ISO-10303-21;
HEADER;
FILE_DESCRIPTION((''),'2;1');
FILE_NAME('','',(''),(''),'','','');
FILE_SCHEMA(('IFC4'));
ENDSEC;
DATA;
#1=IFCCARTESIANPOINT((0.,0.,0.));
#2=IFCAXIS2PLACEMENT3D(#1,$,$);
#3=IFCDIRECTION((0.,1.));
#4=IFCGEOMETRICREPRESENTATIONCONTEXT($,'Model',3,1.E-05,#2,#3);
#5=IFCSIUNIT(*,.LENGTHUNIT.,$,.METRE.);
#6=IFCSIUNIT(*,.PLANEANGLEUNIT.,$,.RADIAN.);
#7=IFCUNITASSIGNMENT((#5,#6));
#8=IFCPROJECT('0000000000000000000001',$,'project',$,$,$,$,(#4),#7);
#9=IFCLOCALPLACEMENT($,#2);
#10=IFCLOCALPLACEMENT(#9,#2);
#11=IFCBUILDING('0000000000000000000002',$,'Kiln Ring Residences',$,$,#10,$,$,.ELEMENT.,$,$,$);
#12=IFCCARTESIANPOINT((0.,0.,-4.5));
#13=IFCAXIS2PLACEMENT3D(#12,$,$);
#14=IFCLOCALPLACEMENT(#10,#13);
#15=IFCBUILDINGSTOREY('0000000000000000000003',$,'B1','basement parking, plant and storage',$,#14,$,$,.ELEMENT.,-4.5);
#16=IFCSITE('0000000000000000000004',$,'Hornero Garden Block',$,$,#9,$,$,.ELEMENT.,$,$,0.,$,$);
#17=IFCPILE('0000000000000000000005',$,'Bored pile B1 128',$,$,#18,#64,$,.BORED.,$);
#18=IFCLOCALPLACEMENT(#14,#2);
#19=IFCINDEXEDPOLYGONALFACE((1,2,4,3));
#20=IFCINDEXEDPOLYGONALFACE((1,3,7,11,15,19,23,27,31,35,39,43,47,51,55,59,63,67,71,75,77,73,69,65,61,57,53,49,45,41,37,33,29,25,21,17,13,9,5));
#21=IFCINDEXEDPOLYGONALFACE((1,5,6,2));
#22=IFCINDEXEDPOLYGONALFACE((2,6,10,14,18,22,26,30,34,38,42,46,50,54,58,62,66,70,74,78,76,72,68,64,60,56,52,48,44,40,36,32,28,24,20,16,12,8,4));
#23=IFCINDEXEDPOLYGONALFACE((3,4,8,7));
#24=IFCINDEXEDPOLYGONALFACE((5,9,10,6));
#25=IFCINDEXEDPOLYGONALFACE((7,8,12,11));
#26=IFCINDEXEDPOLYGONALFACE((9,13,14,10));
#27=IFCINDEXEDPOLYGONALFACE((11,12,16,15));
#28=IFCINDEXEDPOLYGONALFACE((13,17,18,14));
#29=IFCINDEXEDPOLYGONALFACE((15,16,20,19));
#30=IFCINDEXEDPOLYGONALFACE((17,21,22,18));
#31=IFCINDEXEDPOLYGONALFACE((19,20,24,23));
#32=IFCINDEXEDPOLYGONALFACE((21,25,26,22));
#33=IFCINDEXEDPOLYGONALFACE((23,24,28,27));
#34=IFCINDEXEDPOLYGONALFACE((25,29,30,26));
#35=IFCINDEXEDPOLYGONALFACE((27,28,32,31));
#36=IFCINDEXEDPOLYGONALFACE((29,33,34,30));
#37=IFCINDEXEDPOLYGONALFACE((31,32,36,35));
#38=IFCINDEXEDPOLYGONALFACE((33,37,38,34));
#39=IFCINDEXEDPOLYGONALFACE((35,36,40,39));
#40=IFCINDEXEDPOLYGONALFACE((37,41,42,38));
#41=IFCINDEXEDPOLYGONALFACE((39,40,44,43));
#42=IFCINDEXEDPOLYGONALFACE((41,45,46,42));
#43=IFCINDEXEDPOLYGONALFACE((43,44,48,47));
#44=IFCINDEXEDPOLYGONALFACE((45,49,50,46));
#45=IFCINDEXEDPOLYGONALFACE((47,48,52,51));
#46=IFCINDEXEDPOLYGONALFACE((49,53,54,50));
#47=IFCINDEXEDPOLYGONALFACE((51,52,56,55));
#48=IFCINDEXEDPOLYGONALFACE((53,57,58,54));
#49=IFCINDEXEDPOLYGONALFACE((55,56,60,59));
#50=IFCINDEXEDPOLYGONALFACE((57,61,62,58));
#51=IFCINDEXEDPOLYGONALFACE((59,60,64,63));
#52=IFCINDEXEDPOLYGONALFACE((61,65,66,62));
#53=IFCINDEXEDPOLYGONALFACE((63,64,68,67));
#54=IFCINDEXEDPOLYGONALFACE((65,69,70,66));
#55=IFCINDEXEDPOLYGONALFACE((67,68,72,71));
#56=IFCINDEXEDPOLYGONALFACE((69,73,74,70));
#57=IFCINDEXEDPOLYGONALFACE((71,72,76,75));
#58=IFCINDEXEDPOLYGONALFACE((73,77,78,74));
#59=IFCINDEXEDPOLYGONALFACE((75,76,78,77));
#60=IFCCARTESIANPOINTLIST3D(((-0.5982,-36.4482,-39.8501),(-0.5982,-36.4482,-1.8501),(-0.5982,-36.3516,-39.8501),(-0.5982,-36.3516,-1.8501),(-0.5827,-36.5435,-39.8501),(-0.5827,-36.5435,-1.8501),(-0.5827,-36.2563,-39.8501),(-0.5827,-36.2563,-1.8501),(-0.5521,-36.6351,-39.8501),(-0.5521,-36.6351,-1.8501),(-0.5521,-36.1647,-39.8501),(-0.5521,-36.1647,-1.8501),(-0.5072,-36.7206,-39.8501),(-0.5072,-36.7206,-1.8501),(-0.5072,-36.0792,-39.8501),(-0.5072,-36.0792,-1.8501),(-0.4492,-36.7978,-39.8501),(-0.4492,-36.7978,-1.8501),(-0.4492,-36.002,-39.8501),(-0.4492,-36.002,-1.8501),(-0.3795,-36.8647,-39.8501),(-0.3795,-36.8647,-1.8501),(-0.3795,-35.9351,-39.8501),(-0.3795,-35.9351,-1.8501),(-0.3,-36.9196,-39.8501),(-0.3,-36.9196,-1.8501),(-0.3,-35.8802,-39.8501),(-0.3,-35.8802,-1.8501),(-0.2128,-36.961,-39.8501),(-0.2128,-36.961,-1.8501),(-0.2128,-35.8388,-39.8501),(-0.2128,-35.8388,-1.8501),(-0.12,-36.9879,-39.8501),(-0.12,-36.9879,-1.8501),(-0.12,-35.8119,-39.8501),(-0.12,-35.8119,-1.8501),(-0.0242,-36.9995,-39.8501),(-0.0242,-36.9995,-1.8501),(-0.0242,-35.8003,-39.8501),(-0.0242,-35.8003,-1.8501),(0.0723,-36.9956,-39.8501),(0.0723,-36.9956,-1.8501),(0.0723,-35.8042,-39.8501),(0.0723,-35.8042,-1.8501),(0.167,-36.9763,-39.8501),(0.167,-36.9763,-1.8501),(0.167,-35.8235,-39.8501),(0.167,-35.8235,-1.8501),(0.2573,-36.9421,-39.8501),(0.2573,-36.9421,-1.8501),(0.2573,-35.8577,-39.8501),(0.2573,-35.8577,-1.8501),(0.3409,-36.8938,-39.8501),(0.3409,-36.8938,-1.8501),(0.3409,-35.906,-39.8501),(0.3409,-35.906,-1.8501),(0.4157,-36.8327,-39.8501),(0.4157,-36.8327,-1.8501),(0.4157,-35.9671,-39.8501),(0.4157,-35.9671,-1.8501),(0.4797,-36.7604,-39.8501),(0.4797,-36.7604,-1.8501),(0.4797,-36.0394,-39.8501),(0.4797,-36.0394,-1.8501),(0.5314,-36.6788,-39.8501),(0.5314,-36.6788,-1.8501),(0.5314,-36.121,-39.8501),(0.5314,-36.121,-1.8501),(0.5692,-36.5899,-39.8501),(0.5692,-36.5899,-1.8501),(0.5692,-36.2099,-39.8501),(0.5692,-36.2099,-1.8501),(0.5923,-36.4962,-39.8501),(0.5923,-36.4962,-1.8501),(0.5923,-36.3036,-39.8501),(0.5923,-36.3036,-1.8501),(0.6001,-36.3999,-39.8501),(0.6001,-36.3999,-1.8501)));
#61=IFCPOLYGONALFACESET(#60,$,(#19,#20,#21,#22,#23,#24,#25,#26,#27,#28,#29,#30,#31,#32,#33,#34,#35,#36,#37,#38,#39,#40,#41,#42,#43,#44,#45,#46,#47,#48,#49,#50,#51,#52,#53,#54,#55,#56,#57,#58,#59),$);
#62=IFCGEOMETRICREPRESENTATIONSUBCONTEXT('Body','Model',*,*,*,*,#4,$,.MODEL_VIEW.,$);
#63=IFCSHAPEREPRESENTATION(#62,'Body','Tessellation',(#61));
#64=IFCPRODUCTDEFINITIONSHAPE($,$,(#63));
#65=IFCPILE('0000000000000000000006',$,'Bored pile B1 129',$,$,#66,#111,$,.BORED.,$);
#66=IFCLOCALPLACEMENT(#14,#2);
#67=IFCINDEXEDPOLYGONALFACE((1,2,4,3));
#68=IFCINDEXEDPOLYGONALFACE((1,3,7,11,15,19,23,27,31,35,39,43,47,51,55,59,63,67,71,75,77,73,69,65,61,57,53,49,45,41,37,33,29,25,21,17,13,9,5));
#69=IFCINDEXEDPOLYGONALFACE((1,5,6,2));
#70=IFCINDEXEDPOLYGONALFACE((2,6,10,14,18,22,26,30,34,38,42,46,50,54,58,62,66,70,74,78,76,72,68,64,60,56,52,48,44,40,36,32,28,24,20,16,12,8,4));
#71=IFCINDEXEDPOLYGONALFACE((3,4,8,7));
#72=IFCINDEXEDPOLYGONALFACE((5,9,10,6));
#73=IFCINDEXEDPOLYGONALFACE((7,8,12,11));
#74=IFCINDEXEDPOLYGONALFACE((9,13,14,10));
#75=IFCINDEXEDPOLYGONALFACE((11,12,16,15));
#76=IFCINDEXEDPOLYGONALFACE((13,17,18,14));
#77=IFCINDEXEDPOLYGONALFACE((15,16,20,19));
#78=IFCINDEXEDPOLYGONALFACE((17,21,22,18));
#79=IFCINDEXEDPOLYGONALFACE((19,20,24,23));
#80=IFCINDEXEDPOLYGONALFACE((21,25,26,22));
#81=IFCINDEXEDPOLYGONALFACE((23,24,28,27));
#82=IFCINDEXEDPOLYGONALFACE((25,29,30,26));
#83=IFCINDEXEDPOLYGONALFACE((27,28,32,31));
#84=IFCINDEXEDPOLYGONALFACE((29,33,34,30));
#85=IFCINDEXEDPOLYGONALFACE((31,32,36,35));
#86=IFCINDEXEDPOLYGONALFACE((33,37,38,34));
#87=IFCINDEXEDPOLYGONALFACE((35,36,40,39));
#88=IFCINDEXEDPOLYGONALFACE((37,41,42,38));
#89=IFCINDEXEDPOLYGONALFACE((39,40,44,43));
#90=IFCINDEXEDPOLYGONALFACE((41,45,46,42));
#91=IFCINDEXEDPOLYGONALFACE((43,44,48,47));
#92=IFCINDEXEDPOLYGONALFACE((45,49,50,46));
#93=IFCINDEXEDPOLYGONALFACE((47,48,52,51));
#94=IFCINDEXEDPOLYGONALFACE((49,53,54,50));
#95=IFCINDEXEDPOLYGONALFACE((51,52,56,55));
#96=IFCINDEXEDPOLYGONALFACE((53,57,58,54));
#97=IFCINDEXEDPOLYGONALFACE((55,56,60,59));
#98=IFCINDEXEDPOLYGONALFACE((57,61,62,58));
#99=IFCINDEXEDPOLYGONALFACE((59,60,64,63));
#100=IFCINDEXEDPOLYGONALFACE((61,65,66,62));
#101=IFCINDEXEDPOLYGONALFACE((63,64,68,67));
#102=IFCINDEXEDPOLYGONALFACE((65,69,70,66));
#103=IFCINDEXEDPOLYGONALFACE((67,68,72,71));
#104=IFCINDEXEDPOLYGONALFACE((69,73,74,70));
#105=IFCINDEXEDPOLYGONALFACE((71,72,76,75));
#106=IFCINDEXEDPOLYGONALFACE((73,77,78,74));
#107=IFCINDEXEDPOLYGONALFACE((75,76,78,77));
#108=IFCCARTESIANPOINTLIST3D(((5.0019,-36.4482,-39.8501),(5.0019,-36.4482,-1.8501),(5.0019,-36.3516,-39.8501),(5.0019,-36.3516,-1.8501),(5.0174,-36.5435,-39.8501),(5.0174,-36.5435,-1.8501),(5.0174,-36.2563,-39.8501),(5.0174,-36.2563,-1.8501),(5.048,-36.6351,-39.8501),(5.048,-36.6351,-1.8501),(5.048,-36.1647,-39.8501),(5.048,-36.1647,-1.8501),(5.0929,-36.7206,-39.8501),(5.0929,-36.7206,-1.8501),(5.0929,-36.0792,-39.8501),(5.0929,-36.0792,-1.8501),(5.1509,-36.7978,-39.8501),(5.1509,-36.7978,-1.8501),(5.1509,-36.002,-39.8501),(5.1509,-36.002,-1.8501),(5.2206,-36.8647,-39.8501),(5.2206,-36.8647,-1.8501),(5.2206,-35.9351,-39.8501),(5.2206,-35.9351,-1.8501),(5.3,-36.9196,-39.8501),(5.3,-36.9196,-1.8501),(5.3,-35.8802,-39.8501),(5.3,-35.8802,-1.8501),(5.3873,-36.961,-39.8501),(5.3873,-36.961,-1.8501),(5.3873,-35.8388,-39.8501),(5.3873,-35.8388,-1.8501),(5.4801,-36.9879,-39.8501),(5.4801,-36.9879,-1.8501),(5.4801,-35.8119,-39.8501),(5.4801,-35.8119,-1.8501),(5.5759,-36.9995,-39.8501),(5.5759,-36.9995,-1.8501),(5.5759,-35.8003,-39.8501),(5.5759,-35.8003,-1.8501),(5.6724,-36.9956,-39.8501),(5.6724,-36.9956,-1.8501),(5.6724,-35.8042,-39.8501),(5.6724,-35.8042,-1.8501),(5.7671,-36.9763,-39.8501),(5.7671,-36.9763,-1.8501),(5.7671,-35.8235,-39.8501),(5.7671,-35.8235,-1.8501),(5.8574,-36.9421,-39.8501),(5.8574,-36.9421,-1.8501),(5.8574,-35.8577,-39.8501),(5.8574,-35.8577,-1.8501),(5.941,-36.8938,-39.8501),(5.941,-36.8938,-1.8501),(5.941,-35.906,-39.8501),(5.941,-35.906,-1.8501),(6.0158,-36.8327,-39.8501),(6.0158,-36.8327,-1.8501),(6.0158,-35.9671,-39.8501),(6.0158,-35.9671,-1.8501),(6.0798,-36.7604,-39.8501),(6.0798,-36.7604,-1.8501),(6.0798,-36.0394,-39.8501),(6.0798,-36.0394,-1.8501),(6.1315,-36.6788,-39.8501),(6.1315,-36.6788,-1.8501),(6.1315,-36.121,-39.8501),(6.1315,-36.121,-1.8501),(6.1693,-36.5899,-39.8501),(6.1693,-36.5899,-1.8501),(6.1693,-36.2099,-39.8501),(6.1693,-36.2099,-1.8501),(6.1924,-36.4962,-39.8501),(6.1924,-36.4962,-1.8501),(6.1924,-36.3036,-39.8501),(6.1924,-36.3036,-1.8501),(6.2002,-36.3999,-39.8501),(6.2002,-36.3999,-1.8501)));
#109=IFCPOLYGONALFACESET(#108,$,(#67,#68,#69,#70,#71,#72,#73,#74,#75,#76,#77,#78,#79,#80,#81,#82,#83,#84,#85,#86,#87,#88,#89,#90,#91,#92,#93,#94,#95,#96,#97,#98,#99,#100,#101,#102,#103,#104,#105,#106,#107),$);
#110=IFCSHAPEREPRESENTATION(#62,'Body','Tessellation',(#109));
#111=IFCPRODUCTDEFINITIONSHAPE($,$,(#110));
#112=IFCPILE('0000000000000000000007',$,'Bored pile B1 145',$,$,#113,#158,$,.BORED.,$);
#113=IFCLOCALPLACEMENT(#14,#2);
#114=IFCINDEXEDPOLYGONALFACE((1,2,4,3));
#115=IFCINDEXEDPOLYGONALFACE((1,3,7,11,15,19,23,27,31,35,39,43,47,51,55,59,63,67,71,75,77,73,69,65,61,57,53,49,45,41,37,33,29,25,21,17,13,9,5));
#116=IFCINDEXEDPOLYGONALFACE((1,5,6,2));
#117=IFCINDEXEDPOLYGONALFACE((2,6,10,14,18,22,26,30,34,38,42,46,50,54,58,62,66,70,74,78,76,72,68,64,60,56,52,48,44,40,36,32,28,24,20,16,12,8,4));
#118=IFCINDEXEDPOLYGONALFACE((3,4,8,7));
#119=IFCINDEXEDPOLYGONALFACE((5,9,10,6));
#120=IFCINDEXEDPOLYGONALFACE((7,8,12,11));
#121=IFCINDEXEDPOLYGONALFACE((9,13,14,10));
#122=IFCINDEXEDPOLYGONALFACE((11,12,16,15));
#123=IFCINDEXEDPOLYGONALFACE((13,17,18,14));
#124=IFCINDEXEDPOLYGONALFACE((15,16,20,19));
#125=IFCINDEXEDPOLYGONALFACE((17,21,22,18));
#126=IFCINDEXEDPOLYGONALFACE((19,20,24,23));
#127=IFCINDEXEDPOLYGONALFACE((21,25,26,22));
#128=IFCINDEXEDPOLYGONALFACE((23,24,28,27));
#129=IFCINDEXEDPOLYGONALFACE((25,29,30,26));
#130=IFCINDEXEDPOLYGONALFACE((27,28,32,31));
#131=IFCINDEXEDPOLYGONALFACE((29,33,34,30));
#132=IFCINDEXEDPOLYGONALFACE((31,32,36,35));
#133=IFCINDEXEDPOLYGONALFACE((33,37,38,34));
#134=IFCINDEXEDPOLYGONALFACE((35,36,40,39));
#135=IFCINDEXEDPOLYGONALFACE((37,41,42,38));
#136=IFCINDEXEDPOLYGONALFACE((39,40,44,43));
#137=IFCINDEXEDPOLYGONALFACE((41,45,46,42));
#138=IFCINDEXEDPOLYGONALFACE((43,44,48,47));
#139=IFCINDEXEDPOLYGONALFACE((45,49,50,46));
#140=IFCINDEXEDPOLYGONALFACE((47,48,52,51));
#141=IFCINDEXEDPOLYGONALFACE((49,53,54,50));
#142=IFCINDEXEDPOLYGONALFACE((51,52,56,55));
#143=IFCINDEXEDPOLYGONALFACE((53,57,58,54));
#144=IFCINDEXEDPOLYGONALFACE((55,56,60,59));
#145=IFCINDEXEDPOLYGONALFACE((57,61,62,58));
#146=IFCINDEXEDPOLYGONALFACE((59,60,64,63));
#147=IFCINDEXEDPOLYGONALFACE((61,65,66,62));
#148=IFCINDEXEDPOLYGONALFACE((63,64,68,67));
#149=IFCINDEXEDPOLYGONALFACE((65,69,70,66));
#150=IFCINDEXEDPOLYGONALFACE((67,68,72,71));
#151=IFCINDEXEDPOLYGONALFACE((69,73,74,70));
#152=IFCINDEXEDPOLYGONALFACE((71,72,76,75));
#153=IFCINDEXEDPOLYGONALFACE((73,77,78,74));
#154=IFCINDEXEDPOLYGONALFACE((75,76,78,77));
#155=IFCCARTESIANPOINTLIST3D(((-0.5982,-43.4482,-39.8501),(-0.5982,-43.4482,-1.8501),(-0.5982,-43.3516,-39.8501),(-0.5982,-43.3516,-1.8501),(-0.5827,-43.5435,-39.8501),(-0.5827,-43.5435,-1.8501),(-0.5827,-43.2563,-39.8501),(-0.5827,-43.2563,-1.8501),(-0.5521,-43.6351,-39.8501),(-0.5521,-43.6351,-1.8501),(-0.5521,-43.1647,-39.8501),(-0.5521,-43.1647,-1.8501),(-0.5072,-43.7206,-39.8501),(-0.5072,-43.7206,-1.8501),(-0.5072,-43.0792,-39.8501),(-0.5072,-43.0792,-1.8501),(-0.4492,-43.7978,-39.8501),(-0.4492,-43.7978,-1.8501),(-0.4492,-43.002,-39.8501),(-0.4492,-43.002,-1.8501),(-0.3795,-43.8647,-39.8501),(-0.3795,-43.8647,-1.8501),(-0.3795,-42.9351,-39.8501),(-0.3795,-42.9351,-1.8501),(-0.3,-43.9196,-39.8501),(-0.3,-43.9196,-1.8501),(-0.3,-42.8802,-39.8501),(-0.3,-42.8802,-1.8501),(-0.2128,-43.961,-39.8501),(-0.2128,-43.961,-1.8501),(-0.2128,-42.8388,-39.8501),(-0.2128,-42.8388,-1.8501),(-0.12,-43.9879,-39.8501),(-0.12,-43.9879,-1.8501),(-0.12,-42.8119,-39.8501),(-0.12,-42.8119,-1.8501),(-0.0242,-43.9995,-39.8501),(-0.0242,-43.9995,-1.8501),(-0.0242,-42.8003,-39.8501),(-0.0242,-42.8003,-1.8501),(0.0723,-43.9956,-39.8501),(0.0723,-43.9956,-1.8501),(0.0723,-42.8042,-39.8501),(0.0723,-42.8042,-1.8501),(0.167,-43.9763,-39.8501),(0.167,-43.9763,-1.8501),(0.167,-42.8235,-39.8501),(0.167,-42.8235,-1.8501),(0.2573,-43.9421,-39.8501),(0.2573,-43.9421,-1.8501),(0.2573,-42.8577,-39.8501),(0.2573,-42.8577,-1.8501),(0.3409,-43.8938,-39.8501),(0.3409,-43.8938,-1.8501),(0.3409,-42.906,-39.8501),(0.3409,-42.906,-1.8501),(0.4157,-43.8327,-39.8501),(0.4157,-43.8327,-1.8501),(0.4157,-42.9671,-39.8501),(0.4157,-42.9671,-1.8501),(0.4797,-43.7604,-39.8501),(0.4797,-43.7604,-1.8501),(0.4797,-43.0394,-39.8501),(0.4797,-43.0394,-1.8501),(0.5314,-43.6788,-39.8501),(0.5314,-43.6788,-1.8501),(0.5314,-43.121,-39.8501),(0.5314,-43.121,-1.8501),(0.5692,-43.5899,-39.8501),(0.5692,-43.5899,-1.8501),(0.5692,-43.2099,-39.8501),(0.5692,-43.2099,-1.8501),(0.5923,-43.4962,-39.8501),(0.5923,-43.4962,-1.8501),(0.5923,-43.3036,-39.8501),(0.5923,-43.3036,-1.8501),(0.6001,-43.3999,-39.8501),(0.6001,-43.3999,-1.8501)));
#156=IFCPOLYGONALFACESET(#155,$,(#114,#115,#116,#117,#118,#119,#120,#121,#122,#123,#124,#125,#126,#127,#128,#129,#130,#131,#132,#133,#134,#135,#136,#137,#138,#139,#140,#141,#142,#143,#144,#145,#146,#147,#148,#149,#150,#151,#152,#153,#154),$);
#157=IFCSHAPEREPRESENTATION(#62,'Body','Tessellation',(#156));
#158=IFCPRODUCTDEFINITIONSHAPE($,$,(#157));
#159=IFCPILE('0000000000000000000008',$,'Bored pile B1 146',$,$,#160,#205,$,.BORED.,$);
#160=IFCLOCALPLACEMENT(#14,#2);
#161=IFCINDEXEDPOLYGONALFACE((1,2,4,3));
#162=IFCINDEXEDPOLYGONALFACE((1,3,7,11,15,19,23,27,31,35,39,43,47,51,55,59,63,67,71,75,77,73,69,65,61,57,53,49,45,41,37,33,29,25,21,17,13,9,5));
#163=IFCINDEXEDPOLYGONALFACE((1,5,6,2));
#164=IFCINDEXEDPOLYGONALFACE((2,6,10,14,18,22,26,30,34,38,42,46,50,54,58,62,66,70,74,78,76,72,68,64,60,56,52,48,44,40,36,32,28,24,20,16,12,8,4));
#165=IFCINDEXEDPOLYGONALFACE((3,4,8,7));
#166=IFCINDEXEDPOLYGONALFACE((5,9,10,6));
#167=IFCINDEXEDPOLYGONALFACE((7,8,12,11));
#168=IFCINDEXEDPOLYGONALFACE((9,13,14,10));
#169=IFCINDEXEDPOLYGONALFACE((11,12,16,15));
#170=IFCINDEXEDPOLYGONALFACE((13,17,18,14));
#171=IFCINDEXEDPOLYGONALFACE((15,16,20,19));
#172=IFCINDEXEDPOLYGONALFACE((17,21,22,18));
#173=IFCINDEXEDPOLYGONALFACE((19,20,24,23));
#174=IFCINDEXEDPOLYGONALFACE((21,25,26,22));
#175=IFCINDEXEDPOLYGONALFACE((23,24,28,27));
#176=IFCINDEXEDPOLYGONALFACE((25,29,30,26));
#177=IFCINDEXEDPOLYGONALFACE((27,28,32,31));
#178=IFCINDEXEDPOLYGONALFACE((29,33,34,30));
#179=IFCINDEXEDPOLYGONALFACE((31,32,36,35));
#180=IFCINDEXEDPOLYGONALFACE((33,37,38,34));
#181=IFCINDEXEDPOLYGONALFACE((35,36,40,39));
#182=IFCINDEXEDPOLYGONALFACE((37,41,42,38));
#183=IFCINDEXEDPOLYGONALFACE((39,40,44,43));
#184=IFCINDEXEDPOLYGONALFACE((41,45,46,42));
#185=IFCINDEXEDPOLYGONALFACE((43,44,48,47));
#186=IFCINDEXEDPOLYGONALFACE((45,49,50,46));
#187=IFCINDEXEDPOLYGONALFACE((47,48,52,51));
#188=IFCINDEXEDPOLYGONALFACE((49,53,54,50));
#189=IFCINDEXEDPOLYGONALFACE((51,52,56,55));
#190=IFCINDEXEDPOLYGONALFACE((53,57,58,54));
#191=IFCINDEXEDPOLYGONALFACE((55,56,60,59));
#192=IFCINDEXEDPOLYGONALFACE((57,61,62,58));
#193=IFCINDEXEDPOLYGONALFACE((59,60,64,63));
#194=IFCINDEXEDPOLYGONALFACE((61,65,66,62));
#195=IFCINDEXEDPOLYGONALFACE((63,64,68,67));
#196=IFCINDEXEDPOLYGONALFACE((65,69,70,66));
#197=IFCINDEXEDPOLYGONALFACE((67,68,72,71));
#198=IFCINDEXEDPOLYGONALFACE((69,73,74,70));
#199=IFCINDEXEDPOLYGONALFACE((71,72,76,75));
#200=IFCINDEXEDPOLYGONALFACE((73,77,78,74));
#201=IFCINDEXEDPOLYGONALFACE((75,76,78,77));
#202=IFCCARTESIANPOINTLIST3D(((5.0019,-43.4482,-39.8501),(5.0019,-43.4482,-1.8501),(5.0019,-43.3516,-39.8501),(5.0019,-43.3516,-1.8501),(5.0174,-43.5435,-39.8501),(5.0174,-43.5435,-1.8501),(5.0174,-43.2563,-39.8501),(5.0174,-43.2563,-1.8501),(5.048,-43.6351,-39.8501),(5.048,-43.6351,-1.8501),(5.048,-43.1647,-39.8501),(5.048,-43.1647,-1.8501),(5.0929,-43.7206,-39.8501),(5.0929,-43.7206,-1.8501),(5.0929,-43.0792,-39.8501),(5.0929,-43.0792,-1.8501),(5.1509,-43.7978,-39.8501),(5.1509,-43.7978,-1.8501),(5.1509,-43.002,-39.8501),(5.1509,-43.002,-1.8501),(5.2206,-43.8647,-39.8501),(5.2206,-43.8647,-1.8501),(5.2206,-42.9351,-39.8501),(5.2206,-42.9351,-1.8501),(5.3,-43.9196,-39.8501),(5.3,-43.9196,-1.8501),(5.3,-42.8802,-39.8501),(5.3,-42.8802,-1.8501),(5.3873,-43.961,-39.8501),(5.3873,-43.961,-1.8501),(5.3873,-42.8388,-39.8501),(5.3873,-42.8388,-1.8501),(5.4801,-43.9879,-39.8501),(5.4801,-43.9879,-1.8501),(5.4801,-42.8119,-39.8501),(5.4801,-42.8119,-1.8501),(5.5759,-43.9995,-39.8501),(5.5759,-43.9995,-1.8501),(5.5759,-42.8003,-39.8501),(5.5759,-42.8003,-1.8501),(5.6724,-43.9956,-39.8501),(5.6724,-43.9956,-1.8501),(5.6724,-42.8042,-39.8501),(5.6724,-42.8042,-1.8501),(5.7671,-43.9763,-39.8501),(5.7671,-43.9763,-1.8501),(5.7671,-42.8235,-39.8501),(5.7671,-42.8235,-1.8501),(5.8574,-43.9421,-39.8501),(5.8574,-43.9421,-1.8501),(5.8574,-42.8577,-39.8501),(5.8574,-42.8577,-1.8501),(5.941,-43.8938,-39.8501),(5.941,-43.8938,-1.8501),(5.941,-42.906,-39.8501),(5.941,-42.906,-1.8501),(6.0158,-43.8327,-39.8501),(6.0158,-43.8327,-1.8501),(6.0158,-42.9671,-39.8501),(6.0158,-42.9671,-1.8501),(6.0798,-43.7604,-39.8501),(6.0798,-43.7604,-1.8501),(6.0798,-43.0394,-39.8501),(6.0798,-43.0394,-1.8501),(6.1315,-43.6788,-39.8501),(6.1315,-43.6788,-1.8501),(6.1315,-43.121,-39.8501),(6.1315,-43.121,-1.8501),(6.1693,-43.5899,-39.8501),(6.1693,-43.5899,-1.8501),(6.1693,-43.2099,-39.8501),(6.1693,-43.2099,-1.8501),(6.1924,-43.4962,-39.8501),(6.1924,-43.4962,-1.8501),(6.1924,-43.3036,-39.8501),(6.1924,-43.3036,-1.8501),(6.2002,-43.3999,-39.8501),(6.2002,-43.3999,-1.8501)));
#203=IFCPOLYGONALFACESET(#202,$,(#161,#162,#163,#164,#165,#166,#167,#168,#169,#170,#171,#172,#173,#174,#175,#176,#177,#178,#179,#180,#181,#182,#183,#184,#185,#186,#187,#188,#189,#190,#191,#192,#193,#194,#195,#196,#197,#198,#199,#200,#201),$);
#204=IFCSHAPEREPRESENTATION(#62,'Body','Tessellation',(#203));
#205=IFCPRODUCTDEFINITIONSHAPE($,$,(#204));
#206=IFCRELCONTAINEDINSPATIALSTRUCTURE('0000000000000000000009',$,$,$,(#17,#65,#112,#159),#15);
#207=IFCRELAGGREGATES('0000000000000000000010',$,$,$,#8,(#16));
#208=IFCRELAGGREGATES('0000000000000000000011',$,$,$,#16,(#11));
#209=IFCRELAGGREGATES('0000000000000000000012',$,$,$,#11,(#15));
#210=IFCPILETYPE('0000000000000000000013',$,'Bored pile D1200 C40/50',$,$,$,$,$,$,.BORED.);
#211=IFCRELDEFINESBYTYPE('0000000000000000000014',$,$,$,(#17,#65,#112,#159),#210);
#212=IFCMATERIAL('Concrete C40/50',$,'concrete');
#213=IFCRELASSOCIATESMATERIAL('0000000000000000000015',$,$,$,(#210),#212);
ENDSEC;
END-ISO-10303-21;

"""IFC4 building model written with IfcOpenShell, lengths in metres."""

from ifc_helpers import new_model, si_unit, direction, frame, origin, origin_2d, place, context, subcontext, project, spatial, circle, extrude, material, material_profile, profile_set, type_object, element, save


model = new_model("IFC4")

# Units and contexts
model_context = context("Model", 3, precision=1e-05, world=origin(), true_north=direction((0.0, 1.0)))
body_context = subcontext(model_context, "Body", "Model", "MODEL_VIEW")
ifc_project = project(units=[si_unit("LENGTHUNIT", "METRE"), si_unit("PLANEANGLEUNIT", "RADIAN")], contexts=[model_context])

# Site, building, storey
site_placement = place(None, origin())
site = spatial("IfcSite", under=ifc_project, at=site_placement, Name="Hornero Garden Block", CompositionType="ELEMENT", RefElevation=0.0)
building_placement = place(site_placement, origin())
building = spatial("IfcBuilding", under=site, at=building_placement, Name="Kiln Ring Residences", CompositionType="ELEMENT")
storey_placement = place(building_placement, frame((0.0, 0.0, -4.5)))
storey = spatial("IfcBuildingStorey", under=building, at=storey_placement, Name="B1", Description="basement parking, plant and storage", CompositionType="ELEMENT", Elevation=-4.5)

# Piles
ifc_material_1 = material(Name="Concrete C40/50", Category="concrete")
ifc_material_profile_1 = material_profile(ifc_material_1, circle(Radius=0.6001, at=origin_2d()), Name="BORED1200")
ifc_profile_set_1 = profile_set([ifc_material_profile_1], Name="Concrete C40/50")
pile_type = type_object("IfcPileType", Name="Bored pile D1200 C40/50", PredefinedType="BORED", material=ifc_profile_set_1)
for number, where, z_axis, x_axis, name in (
    (1, (0.0, -36.3999, -1.8501), (0.0, 0.0, -1.0), (1.0, 0.0, 0.0), "Bored pile B1 128"),
    (2, (5.6001, -36.3999, -1.8501), (0.0, 0.0, -1.0), (1.0, 0.0, 0.0), "Bored pile B1 129"),
    (3, (0.0, -43.3999, -1.8501), (0.0, 0.0, -1.0), (1.0, 0.0, 0.0), "Bored pile B1 145"),
    (4, (5.6001, -43.3999, -1.8501), (0.0, 0.0, -1.0), (1.0, 0.0, 0.0), "Bored pile B1 146"),
):
    element("IfcPile", number, at=place(storey_placement, frame(where, z_axis=z_axis, x_axis=x_axis)), inside=storey, type_object=pile_type, Name=name, PredefinedType="BORED", context=body_context, shape_type="SweptSolid", body=[
        extrude(circle(Radius=0.6001, at=origin_2d()), origin(), (0.0, 0.0, 1.0), 38.0),
    ])

save(model, "model.ifc")
